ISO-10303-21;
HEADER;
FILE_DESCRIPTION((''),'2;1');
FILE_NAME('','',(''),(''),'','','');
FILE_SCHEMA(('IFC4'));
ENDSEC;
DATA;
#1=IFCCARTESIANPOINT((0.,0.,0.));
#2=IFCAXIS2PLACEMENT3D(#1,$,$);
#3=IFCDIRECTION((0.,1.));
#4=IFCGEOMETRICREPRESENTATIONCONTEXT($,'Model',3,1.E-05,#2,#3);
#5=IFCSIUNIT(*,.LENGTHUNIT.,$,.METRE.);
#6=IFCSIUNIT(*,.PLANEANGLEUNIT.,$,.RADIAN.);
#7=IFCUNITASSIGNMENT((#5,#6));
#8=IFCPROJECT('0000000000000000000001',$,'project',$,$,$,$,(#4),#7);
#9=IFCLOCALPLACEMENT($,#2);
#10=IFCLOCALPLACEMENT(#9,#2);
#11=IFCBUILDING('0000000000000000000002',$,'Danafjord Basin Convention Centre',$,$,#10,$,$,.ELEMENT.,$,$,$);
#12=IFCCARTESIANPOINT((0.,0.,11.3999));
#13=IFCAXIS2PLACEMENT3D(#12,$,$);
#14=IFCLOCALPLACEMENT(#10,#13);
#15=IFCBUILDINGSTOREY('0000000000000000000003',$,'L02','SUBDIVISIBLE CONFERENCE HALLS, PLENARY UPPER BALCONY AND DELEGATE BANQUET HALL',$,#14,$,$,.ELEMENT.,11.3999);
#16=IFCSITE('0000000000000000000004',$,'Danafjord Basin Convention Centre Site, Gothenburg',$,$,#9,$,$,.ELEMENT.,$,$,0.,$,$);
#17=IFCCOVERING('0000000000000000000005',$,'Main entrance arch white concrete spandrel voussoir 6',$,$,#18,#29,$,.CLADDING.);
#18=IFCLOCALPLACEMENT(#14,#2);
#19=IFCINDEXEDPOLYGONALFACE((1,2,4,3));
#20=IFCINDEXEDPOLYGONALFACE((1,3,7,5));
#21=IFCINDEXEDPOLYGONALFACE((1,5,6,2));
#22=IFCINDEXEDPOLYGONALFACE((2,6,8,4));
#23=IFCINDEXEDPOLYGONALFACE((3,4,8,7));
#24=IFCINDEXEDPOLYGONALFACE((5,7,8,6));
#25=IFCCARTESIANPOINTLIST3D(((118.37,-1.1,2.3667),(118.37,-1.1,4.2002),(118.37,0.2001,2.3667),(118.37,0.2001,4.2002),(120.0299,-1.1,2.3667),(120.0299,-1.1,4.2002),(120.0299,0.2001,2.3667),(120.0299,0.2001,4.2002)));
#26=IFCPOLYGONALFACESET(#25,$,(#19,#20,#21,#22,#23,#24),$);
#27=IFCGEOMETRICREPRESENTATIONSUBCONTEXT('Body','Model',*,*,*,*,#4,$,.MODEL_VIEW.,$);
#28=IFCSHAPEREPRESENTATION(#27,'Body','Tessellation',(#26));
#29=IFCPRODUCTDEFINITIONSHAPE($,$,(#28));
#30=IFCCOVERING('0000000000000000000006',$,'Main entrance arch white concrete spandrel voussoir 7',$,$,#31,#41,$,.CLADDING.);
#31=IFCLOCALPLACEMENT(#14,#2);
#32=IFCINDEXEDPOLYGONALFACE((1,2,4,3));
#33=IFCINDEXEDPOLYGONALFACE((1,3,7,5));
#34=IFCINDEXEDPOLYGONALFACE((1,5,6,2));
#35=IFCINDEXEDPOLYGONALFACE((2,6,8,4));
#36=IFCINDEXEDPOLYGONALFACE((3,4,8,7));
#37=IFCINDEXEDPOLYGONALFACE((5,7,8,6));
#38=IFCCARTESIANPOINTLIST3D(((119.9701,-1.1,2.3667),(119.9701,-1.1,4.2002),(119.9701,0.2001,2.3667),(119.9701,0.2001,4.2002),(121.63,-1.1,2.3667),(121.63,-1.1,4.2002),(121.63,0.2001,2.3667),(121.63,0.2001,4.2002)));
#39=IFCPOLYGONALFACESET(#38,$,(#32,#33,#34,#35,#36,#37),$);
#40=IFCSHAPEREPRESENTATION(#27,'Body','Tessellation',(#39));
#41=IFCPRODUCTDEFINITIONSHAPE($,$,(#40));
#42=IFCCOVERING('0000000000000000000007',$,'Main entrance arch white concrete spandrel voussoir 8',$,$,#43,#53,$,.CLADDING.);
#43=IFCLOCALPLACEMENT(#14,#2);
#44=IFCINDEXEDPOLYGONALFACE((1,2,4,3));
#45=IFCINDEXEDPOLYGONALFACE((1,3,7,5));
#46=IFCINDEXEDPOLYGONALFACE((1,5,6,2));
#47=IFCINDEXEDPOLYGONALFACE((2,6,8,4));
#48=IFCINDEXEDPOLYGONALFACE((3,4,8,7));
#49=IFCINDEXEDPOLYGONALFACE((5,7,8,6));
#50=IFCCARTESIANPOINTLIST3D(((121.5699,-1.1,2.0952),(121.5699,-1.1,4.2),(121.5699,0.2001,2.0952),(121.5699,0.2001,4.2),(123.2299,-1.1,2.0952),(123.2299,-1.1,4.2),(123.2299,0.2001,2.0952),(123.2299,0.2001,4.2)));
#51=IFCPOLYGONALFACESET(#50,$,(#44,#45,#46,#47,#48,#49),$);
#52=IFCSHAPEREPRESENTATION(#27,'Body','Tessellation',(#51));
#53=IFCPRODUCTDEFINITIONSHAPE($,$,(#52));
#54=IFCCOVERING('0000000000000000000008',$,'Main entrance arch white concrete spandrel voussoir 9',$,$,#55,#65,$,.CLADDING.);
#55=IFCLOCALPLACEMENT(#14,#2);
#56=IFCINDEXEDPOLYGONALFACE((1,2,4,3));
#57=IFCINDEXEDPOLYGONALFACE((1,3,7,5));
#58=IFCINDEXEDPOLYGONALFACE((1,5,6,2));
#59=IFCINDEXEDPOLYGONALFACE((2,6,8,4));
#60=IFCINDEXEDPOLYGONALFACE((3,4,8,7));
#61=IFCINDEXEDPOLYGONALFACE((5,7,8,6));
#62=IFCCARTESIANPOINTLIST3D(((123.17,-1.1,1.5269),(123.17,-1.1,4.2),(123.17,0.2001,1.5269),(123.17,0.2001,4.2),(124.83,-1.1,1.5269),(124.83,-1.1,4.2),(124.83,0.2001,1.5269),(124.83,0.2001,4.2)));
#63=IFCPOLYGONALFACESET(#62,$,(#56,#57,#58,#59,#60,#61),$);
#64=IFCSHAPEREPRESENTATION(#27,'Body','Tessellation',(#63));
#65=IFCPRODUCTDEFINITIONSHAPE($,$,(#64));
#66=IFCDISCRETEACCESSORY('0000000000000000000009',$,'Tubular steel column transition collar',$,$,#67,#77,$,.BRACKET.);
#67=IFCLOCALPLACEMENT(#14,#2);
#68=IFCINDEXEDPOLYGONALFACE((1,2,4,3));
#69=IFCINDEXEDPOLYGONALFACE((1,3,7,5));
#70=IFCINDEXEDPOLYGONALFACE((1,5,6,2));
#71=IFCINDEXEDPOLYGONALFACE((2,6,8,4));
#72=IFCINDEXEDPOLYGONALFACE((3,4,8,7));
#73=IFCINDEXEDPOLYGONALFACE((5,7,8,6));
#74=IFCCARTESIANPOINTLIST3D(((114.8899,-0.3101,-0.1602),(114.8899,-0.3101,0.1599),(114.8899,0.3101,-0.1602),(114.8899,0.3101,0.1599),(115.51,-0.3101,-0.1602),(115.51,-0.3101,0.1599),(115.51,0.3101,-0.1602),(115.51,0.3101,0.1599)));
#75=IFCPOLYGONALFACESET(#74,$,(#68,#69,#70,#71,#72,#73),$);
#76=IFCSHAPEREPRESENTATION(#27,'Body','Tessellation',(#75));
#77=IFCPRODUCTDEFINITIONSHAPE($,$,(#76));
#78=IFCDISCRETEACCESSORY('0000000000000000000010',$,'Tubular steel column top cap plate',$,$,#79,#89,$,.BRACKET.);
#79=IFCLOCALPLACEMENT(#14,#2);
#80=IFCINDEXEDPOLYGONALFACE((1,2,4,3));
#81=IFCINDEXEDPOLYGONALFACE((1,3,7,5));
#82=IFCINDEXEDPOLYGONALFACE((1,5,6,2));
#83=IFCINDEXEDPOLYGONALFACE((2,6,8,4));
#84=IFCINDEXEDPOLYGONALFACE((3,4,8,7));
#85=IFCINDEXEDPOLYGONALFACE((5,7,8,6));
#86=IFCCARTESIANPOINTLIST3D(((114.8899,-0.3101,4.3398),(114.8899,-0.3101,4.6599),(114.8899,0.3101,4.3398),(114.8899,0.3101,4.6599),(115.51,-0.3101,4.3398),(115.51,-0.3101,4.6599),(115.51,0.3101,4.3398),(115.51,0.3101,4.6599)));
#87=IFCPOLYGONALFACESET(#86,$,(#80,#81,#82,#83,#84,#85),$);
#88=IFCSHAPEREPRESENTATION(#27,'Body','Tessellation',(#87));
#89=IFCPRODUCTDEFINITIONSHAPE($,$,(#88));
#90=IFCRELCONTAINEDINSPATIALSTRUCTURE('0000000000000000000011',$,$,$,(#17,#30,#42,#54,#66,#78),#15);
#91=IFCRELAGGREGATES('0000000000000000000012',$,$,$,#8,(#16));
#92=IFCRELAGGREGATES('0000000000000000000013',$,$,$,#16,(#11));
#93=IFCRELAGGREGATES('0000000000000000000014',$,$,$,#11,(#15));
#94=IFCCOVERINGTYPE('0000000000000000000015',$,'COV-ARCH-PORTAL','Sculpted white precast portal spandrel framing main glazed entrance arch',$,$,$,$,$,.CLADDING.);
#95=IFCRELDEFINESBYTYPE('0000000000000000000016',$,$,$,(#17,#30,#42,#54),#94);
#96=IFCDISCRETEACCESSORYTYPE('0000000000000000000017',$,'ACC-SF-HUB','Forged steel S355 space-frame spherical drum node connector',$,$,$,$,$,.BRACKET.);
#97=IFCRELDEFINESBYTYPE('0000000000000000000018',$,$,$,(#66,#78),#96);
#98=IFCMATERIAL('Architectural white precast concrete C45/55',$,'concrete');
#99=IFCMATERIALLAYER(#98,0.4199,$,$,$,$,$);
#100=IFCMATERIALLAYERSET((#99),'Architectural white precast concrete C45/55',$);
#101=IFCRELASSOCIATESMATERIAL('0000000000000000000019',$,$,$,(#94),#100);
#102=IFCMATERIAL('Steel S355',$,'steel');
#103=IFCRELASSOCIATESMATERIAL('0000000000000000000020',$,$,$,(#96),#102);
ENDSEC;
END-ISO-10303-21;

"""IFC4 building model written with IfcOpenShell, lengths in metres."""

from ifc_helpers import new_model, si_unit, direction, frame, origin, origin_2d, place, context, subcontext, project, spatial, rectangle, extrude, material, layer, layer_set, type_object, element, save


model = new_model("IFC4")

# Units and contexts
model_context = context("Model", 3, precision=1e-05, world=origin(), true_north=direction((0.0, 1.0)))
body_context = subcontext(model_context, "Body", "Model", "MODEL_VIEW")
ifc_project = project(units=[si_unit("LENGTHUNIT", "METRE"), si_unit("PLANEANGLEUNIT", "RADIAN")], contexts=[model_context])

# Site, building, storey
site_placement = place(None, origin())
site = spatial("IfcSite", under=ifc_project, at=site_placement, Name="Danafjord Basin Convention Centre Site, Gothenburg", CompositionType="ELEMENT", RefElevation=0.0)
building_placement = place(site_placement, origin())
building = spatial("IfcBuilding", under=site, at=building_placement, Name="Danafjord Basin Convention Centre", CompositionType="ELEMENT")
storey_placement = place(building_placement, frame((0.0, 0.0, 11.3999)))
storey = spatial("IfcBuildingStorey", under=building, at=storey_placement, Name="L02", Description="SUBDIVISIBLE CONFERENCE HALLS, PLENARY UPPER BALCONY AND DELEGATE BANQUET HALL", CompositionType="ELEMENT", Elevation=11.3999)

# Shared definitions
ifc_material_1 = material(Name="Steel S355", Category="steel")

# Coverings
ifc_material_2 = material(Name="Architectural white precast concrete C45/55", Category="concrete")
ifc_layer_1 = layer(ifc_material_2, 0.4199)
ifc_layer_set_1 = layer_set([ifc_layer_1], Name="Architectural white precast concrete C45/55")
covering_type = type_object("IfcCoveringType", Name="COV-ARCH-PORTAL", Description="Sculpted white precast portal spandrel framing main glazed entrance arch", PredefinedType="CLADDING", material=ifc_layer_set_1)
for number, where, z_axis, x_axis, name in (
    (1, (119.2, -0.45, 2.3667), (0.0, 0.0, 1.0), (1.0, 0.0, 0.0), "Main entrance arch white concrete spandrel voussoir 6"),
    (2, (120.8, -0.45, 2.3667), (0.0, 0.0, 1.0), (1.0, 0.0, 0.0), "Main entrance arch white concrete spandrel voussoir 7"),
):
    element("IfcCovering", number, at=place(storey_placement, frame(where, z_axis=z_axis, x_axis=x_axis)), inside=storey, type_object=covering_type, Name=name, PredefinedType="CLADDING", context=body_context, shape_type="SweptSolid", body=[
        extrude(rectangle(XDim=1.6599, YDim=1.3, at=origin_2d()), origin(), (0.0, 0.0, 1.0), 1.8335),
    ])
covering_1_placement = place(storey_placement, frame((122.3999, -0.45, 2.0952), z_axis=(0.0, 0.0, 1.0), x_axis=(1.0, 0.0, 0.0)))
element("IfcCovering", 3, at=covering_1_placement, inside=storey, type_object=covering_type, Name="Main entrance arch white concrete spandrel voussoir 8", PredefinedType="CLADDING", context=body_context, shape_type="SweptSolid", body=[
    extrude(rectangle(XDim=1.6599, YDim=1.3, at=origin_2d()), origin(), (0.0, 0.0, 1.0), 2.1047),
])
covering_2_placement = place(storey_placement, frame((124.0, -0.45, 1.5269), z_axis=(0.0, 0.0, 1.0), x_axis=(1.0, 0.0, 0.0)))
element("IfcCovering", 4, at=covering_2_placement, inside=storey, type_object=covering_type, Name="Main entrance arch white concrete spandrel voussoir 9", PredefinedType="CLADDING", context=body_context, shape_type="SweptSolid", body=[
    extrude(rectangle(XDim=1.6599, YDim=1.3, at=origin_2d()), origin(), (0.0, 0.0, 1.0), 2.6731),
])

# Discrete accessories
discrete_accessory_type = type_object("IfcDiscreteAccessoryType", Name="ACC-SF-HUB", Description="Forged steel S355 space-frame spherical drum node connector", PredefinedType="BRACKET", material=ifc_material_1)
for number, where, z_axis, x_axis, name in (
    (5, (115.2, 0.0, -0.1602), (0.0, 0.0, 1.0), (1.0, 0.0, 0.0), "Tubular steel column transition collar"),
    (6, (115.2, 0.0, 4.3398), (0.0, 0.0, 1.0), (1.0, 0.0, 0.0), "Tubular steel column top cap plate"),
):
    element("IfcDiscreteAccessory", number, at=place(storey_placement, frame(where, z_axis=z_axis, x_axis=x_axis)), inside=storey, type_object=discrete_accessory_type, Name=name, PredefinedType="BRACKET", context=body_context, shape_type="SweptSolid", body=[
        extrude(rectangle(XDim=0.6201, YDim=0.6201, at=origin_2d()), origin(), (0.0, 0.0, 1.0), 0.3201),
    ])

save(model, "model.ifc")
